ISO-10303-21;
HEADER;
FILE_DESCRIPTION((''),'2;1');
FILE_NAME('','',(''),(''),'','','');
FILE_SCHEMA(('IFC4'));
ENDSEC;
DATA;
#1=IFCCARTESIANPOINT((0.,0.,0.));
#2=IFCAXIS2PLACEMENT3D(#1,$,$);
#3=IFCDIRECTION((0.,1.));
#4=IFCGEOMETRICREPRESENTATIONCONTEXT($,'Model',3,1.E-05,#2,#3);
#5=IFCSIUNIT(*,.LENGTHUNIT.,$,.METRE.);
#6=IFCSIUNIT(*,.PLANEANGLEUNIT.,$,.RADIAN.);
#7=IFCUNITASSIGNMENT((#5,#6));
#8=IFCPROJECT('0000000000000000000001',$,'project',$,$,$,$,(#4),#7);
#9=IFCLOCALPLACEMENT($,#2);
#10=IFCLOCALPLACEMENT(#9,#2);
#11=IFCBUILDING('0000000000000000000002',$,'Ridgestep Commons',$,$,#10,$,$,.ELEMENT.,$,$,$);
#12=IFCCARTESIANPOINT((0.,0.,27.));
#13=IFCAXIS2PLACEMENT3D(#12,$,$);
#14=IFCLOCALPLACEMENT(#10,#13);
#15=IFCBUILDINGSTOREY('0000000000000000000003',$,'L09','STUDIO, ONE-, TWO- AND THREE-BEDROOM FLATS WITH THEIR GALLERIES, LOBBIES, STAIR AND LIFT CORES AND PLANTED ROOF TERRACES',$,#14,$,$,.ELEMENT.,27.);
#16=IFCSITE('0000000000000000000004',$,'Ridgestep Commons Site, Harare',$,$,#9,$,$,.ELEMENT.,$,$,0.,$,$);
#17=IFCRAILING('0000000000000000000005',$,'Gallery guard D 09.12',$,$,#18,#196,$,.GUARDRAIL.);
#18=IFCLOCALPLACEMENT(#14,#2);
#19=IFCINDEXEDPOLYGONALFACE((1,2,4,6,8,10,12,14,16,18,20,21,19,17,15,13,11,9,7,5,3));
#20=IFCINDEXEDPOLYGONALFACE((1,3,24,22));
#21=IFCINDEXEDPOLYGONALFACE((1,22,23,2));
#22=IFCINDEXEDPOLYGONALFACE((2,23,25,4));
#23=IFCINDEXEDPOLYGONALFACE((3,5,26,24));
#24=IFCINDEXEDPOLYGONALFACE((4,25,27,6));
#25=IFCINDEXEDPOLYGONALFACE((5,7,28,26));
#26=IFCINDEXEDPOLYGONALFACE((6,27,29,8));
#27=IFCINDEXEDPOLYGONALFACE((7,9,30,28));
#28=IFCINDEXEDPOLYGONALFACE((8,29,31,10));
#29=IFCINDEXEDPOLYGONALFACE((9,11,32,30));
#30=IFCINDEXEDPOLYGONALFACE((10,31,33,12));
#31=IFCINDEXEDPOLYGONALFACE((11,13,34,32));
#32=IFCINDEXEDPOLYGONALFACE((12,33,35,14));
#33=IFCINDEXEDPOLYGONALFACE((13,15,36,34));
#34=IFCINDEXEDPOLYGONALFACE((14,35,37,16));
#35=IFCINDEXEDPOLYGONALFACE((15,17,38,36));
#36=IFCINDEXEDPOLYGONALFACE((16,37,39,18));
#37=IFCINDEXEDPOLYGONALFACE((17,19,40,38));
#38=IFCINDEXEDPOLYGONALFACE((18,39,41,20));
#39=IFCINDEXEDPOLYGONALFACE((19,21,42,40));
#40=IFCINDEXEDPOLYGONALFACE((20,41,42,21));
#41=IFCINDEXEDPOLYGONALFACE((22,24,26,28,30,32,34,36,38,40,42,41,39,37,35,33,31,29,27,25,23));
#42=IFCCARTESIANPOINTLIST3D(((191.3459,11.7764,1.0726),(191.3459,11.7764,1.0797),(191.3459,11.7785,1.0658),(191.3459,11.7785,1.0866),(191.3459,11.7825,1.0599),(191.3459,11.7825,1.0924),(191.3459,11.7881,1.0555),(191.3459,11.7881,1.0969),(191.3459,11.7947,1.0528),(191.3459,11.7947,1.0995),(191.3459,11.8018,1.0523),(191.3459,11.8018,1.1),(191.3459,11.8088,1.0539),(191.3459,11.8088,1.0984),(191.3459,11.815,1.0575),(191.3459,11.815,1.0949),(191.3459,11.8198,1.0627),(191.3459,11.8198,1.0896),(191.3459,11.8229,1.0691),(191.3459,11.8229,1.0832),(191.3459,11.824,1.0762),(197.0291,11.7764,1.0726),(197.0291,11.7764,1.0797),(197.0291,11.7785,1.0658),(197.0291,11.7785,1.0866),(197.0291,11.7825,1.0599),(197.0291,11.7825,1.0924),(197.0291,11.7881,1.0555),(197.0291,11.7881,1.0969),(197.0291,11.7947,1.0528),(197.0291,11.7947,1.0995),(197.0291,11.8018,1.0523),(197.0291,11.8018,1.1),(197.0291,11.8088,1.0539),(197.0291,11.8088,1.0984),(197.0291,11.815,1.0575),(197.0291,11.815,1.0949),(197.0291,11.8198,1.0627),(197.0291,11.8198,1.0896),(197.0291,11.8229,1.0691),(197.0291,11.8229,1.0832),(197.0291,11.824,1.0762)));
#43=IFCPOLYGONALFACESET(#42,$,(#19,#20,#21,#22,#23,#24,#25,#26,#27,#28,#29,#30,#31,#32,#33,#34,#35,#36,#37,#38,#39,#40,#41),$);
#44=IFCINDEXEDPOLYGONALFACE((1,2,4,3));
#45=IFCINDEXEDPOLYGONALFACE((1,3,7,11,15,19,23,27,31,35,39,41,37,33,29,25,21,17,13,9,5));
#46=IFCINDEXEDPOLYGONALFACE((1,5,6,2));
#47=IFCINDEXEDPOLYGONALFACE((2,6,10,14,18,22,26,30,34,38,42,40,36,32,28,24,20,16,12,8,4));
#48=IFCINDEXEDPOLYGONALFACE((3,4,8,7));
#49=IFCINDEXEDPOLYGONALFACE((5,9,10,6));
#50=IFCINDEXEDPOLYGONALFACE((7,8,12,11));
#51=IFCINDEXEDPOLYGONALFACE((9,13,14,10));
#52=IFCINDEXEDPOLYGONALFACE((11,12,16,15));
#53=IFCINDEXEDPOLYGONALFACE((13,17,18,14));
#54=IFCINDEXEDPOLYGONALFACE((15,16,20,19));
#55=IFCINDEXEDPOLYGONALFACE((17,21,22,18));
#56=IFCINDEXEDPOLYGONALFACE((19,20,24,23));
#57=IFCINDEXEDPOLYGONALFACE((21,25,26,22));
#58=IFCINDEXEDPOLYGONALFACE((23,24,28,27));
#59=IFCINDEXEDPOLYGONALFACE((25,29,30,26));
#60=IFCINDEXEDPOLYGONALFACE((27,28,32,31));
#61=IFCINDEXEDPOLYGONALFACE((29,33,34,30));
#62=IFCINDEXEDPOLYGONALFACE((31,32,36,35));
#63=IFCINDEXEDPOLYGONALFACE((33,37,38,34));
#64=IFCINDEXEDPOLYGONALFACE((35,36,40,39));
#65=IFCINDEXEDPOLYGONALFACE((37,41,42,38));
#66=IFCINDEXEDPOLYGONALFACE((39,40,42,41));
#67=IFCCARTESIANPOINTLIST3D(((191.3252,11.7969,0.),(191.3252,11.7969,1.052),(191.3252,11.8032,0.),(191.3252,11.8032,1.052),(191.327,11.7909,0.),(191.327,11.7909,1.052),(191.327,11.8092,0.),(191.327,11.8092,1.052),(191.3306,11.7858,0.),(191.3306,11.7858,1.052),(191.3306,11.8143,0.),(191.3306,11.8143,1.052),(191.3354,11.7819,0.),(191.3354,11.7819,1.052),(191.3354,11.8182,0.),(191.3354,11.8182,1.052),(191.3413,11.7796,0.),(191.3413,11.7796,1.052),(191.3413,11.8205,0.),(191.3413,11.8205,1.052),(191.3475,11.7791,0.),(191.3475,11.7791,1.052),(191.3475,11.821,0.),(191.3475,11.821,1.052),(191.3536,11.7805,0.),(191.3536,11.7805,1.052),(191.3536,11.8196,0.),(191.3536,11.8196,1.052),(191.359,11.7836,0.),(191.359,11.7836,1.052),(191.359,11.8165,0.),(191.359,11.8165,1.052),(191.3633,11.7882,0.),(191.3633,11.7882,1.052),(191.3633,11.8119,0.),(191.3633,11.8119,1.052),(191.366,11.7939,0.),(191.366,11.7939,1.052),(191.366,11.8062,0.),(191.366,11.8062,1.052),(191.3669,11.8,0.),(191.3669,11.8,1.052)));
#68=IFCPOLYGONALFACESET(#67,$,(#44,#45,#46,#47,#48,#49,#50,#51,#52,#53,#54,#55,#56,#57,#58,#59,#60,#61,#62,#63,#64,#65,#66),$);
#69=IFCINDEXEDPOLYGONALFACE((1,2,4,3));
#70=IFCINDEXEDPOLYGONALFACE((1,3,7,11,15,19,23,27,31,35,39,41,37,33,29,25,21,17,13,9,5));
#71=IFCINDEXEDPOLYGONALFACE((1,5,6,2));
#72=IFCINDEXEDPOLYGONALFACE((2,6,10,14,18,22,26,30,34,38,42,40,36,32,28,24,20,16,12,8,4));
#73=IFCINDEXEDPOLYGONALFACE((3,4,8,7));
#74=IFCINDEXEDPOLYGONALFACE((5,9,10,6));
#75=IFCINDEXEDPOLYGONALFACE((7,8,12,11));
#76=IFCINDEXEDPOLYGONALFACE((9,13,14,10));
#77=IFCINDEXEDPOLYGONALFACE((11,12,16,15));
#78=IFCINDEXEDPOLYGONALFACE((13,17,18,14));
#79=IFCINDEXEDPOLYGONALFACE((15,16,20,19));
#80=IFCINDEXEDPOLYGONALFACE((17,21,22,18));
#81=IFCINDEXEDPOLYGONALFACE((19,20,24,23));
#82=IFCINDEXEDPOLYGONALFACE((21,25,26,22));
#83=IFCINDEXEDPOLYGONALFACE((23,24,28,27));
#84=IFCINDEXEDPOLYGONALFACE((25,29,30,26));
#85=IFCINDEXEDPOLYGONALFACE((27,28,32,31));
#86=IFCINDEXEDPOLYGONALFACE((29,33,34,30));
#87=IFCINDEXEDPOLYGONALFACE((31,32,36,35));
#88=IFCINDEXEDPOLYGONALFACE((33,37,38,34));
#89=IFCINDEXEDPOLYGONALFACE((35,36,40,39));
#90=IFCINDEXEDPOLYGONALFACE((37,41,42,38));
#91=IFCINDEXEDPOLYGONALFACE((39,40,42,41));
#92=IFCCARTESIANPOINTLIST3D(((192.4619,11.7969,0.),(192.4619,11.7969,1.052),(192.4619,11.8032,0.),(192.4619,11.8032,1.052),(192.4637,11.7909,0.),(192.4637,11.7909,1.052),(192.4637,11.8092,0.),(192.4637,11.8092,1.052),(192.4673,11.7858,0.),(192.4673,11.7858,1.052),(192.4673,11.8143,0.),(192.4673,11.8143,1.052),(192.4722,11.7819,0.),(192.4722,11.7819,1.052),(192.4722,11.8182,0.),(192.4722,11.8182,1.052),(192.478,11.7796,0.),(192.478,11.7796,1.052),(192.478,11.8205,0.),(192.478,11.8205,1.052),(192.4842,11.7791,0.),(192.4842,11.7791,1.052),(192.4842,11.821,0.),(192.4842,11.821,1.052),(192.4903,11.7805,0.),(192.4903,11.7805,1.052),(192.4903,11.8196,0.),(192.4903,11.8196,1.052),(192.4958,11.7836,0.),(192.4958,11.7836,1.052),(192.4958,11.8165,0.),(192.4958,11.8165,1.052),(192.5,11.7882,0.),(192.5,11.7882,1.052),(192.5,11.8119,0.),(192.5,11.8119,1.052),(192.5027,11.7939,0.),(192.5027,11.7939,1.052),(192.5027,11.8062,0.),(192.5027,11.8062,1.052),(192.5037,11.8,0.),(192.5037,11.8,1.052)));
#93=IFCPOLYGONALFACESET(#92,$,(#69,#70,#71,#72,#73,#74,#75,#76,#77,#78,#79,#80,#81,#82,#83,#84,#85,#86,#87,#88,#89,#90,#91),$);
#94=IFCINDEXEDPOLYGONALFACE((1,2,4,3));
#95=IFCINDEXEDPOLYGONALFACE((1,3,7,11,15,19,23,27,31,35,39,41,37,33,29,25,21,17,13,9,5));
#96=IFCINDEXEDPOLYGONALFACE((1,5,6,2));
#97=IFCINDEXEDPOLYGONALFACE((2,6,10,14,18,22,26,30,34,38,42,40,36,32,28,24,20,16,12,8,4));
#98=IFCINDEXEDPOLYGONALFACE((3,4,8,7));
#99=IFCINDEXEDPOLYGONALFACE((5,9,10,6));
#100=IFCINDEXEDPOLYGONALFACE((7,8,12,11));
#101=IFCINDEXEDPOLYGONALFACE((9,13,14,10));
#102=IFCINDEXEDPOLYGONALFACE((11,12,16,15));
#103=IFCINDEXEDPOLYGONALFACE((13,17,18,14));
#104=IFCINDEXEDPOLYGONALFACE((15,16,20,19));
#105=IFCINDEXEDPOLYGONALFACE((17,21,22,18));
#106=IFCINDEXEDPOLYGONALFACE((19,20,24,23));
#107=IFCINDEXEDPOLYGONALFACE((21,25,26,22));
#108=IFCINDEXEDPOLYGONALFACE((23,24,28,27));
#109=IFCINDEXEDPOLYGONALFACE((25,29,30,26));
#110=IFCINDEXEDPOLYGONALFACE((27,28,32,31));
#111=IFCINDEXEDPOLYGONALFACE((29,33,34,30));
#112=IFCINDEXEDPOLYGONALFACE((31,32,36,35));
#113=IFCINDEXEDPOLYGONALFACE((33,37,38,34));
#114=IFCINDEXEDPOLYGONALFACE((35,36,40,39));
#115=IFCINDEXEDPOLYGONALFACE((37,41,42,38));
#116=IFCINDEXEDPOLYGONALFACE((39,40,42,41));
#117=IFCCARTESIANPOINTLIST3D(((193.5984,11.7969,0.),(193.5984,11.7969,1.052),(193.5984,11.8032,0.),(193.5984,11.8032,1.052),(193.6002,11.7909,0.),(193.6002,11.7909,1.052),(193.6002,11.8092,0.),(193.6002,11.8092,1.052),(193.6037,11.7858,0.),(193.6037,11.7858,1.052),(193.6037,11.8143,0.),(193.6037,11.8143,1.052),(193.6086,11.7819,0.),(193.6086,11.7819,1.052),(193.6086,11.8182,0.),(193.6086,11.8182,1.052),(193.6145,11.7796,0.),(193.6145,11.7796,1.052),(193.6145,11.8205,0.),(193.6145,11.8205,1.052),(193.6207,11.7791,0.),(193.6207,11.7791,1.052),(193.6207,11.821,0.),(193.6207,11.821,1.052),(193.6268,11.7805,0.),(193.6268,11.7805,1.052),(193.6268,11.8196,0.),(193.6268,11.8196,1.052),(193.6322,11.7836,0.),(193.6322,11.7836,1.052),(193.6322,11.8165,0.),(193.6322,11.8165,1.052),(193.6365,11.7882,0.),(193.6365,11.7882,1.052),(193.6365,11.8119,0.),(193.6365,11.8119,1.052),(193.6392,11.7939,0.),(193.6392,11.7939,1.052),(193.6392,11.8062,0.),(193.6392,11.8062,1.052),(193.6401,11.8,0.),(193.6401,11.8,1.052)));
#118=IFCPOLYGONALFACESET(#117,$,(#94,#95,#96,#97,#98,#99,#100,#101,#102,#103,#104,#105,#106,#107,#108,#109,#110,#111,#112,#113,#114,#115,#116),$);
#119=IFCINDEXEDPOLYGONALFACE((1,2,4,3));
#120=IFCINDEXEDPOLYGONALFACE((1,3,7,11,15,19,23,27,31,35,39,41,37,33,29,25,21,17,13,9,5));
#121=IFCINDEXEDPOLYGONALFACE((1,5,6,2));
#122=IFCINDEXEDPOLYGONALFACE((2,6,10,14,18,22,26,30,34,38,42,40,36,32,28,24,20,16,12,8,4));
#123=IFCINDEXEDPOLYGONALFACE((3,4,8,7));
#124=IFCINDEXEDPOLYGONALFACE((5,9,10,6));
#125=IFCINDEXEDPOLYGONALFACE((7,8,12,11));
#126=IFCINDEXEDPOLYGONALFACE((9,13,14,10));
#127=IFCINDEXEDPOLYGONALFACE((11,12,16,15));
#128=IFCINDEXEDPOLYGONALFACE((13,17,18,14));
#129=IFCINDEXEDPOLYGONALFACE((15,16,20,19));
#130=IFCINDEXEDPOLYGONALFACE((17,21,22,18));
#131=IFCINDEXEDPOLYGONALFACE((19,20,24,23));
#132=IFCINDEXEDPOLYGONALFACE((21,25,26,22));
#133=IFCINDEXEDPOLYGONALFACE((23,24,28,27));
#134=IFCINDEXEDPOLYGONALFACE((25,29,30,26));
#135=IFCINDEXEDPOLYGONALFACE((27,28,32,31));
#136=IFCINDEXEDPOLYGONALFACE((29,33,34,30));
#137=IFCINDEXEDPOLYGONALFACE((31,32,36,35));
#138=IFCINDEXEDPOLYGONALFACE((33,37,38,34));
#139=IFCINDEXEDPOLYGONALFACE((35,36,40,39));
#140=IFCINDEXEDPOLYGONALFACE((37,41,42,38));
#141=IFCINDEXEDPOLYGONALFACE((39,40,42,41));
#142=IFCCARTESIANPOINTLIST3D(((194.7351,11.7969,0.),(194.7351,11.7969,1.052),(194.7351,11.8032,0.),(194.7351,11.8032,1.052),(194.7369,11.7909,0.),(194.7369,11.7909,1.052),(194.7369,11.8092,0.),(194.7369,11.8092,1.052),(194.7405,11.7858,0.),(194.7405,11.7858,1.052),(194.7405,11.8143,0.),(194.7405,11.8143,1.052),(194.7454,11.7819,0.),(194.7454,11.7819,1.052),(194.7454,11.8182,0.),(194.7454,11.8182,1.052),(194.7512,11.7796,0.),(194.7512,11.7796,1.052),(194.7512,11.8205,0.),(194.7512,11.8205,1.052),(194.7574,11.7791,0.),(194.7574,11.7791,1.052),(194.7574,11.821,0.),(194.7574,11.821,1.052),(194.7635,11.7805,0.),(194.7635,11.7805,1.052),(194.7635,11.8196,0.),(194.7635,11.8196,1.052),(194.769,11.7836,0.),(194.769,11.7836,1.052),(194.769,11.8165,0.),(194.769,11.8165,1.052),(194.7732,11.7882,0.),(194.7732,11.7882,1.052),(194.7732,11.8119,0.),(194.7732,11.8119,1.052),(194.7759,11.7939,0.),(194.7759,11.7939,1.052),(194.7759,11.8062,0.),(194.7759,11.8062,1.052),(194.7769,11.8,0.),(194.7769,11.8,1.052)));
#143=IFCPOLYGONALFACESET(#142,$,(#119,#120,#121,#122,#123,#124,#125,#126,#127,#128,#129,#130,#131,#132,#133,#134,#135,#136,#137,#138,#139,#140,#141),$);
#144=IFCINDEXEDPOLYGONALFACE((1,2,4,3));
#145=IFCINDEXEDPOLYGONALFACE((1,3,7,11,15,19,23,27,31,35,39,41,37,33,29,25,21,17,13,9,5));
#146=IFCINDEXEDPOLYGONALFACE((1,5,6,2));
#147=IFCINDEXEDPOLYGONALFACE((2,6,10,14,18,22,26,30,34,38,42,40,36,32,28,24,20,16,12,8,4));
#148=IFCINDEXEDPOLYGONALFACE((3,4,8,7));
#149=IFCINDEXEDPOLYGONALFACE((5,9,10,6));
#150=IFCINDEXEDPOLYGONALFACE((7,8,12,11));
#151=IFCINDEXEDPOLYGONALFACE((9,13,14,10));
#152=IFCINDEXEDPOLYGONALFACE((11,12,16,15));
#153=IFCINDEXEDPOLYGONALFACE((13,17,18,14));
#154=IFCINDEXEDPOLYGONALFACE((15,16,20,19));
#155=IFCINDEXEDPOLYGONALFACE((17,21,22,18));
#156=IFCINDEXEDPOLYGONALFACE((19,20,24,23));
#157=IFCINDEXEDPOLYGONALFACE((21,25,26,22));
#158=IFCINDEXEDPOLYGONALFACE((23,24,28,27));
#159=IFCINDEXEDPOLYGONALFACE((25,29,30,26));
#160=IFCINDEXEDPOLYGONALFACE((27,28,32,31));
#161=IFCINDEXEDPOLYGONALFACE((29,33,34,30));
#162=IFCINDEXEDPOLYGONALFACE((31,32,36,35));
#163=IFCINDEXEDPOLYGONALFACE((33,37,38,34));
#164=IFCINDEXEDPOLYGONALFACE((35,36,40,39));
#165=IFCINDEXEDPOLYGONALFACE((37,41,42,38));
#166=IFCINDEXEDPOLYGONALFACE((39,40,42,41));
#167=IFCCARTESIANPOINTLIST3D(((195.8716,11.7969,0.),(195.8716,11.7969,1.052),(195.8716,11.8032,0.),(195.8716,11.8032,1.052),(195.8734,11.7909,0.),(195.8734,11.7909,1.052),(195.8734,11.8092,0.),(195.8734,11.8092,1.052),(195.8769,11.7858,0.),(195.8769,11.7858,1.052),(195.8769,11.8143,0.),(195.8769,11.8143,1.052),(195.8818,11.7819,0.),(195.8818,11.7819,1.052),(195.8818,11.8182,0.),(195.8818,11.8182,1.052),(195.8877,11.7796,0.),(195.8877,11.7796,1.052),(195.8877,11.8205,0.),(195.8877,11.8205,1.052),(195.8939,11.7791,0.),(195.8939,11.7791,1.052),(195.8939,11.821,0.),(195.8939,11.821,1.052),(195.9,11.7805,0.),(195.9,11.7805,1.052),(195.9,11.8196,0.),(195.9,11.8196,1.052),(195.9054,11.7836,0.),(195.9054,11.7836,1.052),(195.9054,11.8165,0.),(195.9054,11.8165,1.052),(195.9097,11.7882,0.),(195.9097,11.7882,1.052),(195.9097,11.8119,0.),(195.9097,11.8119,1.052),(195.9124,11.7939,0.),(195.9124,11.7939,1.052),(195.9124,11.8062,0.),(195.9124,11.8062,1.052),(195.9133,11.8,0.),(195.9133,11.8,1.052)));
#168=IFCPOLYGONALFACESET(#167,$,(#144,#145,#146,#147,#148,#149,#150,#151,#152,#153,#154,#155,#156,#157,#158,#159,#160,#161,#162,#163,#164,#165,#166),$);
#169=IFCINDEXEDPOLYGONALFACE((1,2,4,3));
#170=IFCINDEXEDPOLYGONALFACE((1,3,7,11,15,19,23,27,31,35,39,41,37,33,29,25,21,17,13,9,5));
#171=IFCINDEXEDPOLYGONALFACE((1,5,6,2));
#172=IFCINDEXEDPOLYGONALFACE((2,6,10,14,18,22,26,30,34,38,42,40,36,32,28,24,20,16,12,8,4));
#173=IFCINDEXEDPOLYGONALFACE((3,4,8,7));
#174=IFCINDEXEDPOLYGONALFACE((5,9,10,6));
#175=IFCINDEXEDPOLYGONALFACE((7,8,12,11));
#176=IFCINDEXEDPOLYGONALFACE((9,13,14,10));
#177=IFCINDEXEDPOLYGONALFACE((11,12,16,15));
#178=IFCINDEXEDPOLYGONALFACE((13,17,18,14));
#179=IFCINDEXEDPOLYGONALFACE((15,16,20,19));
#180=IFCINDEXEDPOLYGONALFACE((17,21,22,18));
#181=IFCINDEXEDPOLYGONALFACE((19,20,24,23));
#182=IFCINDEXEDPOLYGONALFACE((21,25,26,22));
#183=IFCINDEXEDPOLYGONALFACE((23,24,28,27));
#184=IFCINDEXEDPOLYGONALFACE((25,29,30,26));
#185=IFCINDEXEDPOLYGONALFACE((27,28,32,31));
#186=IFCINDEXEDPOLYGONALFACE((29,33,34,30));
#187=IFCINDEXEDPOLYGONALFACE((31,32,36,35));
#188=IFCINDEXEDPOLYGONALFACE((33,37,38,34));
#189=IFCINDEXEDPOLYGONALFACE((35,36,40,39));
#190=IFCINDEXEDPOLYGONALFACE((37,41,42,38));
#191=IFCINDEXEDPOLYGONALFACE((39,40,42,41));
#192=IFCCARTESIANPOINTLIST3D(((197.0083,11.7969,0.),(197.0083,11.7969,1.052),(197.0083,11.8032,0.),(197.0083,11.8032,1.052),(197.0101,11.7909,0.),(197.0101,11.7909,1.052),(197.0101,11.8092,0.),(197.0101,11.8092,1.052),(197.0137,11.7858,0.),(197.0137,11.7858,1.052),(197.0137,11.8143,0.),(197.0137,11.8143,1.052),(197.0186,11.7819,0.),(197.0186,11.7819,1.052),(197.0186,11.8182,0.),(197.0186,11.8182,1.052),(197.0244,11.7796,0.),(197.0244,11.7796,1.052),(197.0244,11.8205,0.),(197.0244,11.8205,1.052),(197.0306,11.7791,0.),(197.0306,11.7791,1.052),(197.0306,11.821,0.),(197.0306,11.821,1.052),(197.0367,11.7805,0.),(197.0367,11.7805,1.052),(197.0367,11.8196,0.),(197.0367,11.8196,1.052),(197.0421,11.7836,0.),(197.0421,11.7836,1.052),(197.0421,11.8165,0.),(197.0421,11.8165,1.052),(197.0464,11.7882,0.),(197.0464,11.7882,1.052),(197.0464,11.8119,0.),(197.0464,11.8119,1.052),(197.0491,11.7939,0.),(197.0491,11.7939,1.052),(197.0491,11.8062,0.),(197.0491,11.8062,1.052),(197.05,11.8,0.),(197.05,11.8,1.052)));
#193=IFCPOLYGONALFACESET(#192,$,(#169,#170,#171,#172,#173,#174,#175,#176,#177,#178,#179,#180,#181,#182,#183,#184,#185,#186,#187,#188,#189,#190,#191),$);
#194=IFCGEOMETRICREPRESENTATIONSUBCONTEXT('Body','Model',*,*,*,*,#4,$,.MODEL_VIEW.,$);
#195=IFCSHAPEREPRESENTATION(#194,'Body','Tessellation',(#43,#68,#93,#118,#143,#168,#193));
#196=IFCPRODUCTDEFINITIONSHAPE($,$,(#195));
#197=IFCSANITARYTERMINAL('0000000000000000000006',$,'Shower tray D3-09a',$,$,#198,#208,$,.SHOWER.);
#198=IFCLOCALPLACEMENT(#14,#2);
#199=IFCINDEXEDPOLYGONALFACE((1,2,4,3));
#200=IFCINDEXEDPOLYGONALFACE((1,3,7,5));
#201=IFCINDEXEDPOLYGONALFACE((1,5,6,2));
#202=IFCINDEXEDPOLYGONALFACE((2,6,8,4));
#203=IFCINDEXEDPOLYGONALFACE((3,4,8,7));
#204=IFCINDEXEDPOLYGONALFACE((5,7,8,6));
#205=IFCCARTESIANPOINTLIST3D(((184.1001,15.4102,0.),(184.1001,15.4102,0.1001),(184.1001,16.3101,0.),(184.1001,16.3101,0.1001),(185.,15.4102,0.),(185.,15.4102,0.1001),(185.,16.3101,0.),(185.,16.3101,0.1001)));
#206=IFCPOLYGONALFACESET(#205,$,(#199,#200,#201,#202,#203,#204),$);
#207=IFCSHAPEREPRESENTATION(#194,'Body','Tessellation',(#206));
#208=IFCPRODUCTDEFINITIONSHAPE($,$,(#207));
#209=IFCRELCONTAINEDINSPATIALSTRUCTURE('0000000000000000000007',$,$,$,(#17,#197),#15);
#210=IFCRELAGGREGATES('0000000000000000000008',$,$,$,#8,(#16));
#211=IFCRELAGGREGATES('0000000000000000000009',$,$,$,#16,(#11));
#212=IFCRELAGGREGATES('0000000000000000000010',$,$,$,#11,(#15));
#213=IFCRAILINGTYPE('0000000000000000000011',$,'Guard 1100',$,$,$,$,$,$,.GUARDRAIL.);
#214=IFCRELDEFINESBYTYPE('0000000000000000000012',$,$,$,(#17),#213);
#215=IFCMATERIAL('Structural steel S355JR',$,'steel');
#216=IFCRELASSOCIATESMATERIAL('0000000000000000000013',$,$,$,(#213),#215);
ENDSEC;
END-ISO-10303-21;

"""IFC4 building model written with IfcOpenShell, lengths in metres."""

from ifc_helpers import new_model, si_unit, direction, frame, origin, origin_2d, place, context, subcontext, project, spatial, rectangle, circle, extrude, material, type_object, element, save


model = new_model("IFC4")

# Units and contexts
model_context = context("Model", 3, precision=1e-05, world=origin(), true_north=direction((0.0, 1.0)))
body_context = subcontext(model_context, "Body", "Model", "MODEL_VIEW")
ifc_project = project(units=[si_unit("LENGTHUNIT", "METRE"), si_unit("PLANEANGLEUNIT", "RADIAN")], contexts=[model_context])

# Site, building, storey
site_placement = place(None, origin())
site = spatial("IfcSite", under=ifc_project, at=site_placement, Name="Ridgestep Commons Site, Harare", CompositionType="ELEMENT", RefElevation=0.0)
building_placement = place(site_placement, origin())
building = spatial("IfcBuilding", under=site, at=building_placement, Name="Ridgestep Commons", CompositionType="ELEMENT")
storey_placement = place(building_placement, frame((0.0, 0.0, 27.0)))
storey = spatial("IfcBuildingStorey", under=building, at=storey_placement, Name="L09", Description="STUDIO, ONE-, TWO- AND THREE-BEDROOM FLATS WITH THEIR GALLERIES, LOBBIES, STAIR AND LIFT CORES AND PLANTED ROOF TERRACES", CompositionType="ELEMENT", Elevation=27.0)

# Railing
ifc_material_1 = material(Name="Structural steel S355JR", Category="steel")
railing_type = type_object("IfcRailingType", Name="Guard 1100", PredefinedType="GUARDRAIL", material=ifc_material_1)
railing_1_placement = place(storey_placement, frame((191.3459, 11.8, 0.0)))
element("IfcRailing", 1, at=railing_1_placement, inside=storey, type_object=railing_type, Name="Gallery guard D 09.12", PredefinedType="GUARDRAIL", context=body_context, shape_type="SweptSolid", body=[
    extrude(circle(Radius=0.0239, at=origin_2d()), frame((0.0, 0.0, 1.0762), z_axis=(1.0, 0.0, 0.0), x_axis=(0.0, 1.0, 0.0)), (0.0, 0.0, 1.0), 5.6831),
    extrude(circle(Radius=0.021, at=origin_2d()), origin(), (0.0, 0.0, 1.0), 1.052),
    extrude(circle(Radius=0.021, at=origin_2d()), frame((1.1367, 0.0, 0.0)), (0.0, 0.0, 1.0), 1.052),
    extrude(circle(Radius=0.021, at=origin_2d()), frame((2.2732, 0.0, 0.0)), (0.0, 0.0, 1.0), 1.052),
    extrude(circle(Radius=0.021, at=origin_2d()), frame((3.4099, 0.0, 0.0)), (0.0, 0.0, 1.0), 1.052),
    extrude(circle(Radius=0.021, at=origin_2d()), frame((4.5464, 0.0, 0.0)), (0.0, 0.0, 1.0), 1.052),
    extrude(circle(Radius=0.021, at=origin_2d()), frame((5.6831, 0.0, 0.0)), (0.0, 0.0, 1.0), 1.052),
])

# Sanitary terminal
sanitary_terminal_placement = place(storey_placement, frame((184.55, 15.8601, 0.0), z_axis=(0.0, 0.0, 1.0), x_axis=(1.0, 0.0, 0.0)))
element("IfcSanitaryTerminal", 2, at=sanitary_terminal_placement, inside=storey, Name="Shower tray D3-09a", PredefinedType="SHOWER", context=body_context, shape_type="SweptSolid", body=[
    extrude(rectangle(XDim=0.8999, YDim=0.8999, at=origin_2d()), origin(), (0.0, 0.0, 1.0), 0.1001),
])

save(model, "model.ifc")
